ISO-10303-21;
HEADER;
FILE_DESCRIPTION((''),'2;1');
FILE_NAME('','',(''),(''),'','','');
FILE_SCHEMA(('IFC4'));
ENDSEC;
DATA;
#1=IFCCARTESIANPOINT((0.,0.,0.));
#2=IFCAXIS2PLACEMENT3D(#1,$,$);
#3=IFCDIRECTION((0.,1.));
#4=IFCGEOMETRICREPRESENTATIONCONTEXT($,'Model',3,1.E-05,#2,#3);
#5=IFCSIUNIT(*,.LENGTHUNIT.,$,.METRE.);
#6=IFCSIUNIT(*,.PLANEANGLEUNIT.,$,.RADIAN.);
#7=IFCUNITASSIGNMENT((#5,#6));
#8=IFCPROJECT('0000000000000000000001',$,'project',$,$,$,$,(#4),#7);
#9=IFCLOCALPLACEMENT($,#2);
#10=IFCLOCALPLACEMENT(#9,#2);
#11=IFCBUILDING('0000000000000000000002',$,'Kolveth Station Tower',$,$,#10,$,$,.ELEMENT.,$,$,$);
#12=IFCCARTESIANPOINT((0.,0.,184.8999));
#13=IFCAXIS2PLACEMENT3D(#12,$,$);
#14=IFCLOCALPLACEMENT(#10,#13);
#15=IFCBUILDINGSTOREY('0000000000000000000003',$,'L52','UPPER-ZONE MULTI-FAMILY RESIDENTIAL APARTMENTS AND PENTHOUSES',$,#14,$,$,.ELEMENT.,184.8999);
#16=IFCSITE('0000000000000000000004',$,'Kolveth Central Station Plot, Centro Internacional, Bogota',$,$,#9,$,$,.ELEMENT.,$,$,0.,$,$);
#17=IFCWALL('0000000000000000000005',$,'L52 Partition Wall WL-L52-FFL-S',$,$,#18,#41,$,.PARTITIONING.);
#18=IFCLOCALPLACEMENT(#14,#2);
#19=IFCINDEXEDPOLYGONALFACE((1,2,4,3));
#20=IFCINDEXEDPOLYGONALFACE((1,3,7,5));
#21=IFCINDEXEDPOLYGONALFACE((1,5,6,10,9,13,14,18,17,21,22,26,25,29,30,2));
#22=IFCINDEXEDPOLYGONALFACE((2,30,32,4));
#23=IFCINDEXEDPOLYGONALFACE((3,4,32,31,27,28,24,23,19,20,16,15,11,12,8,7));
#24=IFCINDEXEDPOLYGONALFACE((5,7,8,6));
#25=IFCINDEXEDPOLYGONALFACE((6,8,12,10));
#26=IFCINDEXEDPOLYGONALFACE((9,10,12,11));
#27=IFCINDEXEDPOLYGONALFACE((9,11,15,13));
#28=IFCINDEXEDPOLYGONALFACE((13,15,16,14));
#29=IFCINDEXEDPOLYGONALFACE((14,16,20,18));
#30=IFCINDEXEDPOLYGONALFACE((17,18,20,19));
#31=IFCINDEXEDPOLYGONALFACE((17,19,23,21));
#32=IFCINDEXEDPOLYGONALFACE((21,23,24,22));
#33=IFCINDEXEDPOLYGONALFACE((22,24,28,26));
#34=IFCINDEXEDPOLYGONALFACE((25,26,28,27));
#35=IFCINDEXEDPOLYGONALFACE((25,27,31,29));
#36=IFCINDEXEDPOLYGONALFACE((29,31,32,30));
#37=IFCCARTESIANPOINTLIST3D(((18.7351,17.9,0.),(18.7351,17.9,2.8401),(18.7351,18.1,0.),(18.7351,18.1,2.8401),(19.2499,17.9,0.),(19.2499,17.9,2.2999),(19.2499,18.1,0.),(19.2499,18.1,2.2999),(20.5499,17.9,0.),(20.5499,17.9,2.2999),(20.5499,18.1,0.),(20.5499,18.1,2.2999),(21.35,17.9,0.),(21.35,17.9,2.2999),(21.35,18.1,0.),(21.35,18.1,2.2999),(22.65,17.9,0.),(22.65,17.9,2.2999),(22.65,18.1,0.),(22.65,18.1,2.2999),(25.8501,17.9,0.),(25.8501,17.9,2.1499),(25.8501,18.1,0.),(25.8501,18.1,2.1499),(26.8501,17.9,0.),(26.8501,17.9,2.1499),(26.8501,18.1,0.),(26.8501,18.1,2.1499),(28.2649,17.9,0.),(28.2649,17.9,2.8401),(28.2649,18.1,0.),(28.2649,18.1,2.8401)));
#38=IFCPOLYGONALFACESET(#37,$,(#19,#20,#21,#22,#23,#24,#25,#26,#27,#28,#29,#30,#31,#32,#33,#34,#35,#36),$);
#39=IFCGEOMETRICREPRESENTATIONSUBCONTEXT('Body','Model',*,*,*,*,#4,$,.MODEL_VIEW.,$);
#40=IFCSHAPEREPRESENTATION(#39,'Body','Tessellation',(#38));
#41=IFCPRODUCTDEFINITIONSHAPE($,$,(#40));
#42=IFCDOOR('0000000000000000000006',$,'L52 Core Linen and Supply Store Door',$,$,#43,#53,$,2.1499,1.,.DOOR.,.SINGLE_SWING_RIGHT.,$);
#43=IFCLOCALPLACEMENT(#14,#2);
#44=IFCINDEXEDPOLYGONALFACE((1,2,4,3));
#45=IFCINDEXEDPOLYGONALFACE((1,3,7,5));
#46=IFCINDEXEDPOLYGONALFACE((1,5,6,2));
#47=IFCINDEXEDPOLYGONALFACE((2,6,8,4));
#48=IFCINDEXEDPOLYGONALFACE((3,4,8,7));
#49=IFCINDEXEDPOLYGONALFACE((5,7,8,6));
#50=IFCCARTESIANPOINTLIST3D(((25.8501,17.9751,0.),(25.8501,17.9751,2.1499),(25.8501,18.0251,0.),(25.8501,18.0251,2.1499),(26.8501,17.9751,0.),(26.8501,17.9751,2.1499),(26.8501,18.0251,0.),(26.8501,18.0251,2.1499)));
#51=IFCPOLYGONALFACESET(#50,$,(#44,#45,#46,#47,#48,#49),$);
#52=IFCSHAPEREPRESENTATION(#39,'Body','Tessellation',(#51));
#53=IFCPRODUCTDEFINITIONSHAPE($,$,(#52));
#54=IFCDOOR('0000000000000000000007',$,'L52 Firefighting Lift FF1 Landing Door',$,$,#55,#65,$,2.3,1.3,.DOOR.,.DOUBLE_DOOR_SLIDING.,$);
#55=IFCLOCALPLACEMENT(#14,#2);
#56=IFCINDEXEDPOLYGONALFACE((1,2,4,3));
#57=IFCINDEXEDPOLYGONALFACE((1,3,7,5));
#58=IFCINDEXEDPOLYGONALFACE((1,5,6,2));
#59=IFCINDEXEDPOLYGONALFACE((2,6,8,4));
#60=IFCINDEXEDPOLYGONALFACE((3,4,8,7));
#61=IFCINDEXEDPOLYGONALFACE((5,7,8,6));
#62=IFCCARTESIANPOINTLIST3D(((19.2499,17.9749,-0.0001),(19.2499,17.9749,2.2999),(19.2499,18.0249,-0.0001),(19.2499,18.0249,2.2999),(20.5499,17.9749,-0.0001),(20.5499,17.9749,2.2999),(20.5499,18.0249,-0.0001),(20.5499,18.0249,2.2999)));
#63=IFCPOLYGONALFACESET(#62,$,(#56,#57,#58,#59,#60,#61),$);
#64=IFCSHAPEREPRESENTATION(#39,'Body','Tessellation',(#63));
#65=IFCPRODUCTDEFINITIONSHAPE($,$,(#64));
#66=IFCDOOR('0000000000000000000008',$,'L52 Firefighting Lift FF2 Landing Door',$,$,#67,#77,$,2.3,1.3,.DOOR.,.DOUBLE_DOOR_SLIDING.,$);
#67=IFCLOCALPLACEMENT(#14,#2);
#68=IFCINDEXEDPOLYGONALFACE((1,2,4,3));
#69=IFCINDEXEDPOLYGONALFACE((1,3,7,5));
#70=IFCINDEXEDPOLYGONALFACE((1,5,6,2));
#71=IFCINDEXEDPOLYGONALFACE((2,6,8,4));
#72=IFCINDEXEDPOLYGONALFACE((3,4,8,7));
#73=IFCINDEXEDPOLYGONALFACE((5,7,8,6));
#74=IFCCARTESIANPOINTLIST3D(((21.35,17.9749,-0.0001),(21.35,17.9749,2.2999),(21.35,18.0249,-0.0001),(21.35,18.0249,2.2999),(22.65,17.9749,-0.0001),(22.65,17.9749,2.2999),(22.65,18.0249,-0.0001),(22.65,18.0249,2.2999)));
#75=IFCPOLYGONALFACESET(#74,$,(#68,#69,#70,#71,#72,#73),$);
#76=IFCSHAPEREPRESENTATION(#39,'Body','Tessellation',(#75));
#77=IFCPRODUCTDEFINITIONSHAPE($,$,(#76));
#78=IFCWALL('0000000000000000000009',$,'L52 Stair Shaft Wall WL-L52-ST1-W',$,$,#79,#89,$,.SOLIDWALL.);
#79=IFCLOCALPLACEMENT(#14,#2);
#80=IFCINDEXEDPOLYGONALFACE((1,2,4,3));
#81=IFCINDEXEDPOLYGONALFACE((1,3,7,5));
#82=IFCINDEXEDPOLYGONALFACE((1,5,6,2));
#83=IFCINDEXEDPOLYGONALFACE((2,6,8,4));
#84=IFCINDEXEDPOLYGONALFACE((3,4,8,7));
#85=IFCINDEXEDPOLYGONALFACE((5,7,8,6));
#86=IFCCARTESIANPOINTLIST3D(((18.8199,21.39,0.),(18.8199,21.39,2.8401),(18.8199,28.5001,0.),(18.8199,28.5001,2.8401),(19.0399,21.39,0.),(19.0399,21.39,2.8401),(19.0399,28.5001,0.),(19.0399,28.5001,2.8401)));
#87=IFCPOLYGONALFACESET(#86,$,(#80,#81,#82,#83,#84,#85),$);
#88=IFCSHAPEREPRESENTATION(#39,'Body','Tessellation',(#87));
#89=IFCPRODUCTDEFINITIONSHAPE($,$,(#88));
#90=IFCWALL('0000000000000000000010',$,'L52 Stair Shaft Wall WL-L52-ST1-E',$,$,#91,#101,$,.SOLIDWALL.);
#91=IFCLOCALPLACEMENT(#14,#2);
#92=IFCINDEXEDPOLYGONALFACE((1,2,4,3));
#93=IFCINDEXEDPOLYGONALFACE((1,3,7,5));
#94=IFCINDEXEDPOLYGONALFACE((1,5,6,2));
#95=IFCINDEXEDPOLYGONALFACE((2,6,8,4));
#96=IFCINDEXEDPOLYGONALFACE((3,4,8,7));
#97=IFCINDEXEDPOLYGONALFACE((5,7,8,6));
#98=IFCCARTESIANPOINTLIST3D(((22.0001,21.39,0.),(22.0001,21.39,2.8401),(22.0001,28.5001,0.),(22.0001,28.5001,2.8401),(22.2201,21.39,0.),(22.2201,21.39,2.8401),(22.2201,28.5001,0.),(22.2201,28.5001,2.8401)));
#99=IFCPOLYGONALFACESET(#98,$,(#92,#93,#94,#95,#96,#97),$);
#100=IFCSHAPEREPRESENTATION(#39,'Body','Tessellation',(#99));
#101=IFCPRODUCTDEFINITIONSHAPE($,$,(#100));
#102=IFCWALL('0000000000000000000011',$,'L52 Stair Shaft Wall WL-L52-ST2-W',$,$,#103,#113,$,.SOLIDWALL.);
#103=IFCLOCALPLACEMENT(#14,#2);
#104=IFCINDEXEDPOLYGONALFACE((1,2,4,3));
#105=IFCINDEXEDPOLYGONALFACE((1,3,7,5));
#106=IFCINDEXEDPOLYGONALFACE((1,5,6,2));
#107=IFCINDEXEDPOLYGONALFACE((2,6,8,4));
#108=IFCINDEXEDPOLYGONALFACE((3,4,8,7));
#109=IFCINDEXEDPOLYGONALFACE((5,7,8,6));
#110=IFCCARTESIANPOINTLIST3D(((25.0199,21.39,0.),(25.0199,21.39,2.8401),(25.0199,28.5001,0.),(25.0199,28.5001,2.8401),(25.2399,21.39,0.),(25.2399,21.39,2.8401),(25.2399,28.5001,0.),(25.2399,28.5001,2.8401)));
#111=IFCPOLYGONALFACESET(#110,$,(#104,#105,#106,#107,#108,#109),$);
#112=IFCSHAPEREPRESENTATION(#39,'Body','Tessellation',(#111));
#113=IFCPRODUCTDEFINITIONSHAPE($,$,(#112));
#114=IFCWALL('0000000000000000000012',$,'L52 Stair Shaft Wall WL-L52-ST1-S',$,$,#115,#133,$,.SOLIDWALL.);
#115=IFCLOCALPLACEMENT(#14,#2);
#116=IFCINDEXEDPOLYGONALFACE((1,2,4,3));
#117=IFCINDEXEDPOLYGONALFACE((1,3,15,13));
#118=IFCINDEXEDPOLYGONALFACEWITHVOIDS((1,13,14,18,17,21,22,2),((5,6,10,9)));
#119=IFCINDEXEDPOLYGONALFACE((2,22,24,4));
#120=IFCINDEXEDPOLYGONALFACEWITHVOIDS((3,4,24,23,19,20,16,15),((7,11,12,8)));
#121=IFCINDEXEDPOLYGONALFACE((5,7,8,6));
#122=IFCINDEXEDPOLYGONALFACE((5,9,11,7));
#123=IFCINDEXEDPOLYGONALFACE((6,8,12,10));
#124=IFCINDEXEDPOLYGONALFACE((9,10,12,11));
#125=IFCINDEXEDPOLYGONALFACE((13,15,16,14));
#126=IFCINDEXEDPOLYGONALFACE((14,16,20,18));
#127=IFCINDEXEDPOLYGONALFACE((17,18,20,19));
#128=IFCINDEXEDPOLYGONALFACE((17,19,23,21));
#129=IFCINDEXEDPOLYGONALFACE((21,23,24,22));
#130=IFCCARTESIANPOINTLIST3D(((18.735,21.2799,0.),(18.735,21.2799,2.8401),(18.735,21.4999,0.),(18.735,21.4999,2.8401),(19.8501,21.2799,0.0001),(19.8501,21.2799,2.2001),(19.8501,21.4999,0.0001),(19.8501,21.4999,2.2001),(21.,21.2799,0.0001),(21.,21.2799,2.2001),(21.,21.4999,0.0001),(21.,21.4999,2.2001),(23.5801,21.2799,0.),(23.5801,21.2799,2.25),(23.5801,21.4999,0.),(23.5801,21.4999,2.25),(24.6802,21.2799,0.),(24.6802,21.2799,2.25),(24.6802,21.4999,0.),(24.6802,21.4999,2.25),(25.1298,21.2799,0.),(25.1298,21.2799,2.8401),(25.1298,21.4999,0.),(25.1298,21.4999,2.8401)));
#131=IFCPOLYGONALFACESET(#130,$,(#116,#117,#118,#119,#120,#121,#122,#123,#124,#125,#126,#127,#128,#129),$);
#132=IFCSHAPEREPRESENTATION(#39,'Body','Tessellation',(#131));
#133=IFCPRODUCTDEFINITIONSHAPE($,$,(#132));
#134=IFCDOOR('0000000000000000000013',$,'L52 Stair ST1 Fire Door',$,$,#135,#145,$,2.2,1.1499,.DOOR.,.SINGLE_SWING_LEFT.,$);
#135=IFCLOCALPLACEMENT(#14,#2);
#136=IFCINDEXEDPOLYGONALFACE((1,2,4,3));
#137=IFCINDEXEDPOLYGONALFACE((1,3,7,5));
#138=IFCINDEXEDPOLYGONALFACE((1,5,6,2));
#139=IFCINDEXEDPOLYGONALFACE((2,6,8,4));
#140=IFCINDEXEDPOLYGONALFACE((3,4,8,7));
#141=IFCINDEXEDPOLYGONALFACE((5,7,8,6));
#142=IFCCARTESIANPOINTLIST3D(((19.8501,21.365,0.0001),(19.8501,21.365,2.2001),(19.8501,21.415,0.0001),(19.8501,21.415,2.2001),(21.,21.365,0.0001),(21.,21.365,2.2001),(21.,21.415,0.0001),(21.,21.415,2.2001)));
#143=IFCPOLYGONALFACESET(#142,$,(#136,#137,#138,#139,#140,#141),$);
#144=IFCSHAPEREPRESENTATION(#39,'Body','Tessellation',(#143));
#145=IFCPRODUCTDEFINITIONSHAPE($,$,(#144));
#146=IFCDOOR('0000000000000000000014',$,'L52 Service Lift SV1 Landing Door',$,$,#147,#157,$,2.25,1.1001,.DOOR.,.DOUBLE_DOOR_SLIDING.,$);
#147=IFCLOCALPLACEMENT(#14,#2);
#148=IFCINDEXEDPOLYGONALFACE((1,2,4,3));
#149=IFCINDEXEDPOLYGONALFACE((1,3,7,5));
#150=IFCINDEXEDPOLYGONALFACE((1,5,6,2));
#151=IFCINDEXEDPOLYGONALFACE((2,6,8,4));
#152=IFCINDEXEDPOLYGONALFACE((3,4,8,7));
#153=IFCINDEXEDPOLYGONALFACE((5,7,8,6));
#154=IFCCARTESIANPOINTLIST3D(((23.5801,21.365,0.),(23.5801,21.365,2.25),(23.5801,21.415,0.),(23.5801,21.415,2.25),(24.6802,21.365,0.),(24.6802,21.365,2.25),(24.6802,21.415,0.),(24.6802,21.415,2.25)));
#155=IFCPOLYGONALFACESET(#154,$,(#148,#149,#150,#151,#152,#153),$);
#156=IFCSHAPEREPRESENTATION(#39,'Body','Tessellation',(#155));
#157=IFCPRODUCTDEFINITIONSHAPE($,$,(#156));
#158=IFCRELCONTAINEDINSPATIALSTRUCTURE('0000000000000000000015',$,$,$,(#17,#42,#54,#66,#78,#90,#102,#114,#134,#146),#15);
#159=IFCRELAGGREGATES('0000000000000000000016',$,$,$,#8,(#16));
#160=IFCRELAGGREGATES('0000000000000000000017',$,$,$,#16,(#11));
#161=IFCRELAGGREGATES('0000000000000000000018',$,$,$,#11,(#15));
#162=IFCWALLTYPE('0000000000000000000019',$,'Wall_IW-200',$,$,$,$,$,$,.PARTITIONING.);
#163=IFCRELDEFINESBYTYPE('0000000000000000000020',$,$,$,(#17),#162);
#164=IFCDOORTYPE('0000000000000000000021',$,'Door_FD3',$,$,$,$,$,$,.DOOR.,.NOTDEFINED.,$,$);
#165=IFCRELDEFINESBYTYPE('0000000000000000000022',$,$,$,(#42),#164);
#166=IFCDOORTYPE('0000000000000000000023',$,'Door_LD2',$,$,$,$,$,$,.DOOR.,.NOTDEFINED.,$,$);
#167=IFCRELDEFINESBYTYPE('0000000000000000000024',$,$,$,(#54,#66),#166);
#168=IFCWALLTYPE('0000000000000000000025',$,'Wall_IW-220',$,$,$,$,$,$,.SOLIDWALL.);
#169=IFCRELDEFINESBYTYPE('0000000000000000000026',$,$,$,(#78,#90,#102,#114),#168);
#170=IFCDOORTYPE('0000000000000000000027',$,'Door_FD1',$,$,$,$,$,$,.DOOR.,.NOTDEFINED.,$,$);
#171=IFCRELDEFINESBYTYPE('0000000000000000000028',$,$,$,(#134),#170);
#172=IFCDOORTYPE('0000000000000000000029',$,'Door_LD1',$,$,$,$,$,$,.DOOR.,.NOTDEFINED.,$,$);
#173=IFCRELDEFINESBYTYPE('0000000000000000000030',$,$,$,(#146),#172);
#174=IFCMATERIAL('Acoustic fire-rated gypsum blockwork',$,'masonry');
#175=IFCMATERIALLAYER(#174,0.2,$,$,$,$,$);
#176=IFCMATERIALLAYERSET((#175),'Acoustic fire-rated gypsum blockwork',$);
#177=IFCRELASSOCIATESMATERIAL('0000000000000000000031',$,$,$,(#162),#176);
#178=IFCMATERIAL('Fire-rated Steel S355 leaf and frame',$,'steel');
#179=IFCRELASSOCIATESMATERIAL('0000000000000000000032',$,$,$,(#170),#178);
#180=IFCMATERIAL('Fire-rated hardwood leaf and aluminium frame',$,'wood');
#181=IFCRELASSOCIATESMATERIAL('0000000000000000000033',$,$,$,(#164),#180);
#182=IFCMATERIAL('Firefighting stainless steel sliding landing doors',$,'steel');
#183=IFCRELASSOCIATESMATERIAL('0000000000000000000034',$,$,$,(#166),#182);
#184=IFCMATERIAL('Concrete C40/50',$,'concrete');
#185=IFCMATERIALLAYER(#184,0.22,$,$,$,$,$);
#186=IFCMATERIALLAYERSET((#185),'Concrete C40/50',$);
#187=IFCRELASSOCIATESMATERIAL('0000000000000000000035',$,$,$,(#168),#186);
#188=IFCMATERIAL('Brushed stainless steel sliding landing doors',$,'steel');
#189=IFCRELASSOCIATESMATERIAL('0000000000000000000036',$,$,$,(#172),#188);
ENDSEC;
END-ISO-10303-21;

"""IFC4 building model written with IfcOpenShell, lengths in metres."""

from ifc_helpers import new_model, si_unit, direction, frame, frame_2d, origin, place, context, subcontext, project, spatial, rectangle, extrude, material, layer, layer_set, type_object, element, fill, save


model = new_model("IFC4")

# Units and contexts
model_context = context("Model", 3, precision=1e-05, world=origin(), true_north=direction((0.0, 1.0)))
body_context = subcontext(model_context, "Body", "Model", "MODEL_VIEW")
ifc_project = project(units=[si_unit("LENGTHUNIT", "METRE"), si_unit("PLANEANGLEUNIT", "RADIAN")], contexts=[model_context])

# Site, building, storey
site_placement = place(None, origin())
site = spatial("IfcSite", under=ifc_project, at=site_placement, Name="Kolveth Central Station Plot, Centro Internacional, Bogota", CompositionType="ELEMENT", RefElevation=0.0)
building_placement = place(site_placement, origin())
building = spatial("IfcBuilding", under=site, at=building_placement, Name="Kolveth Station Tower", CompositionType="ELEMENT")
storey_placement = place(building_placement, frame((0.0, 0.0, 184.8999)))
storey = spatial("IfcBuildingStorey", under=building, at=storey_placement, Name="L52", Description="UPPER-ZONE MULTI-FAMILY RESIDENTIAL APARTMENTS AND PENTHOUSES", CompositionType="ELEMENT", Elevation=184.8999)

# Shared definitions
ifc_material_1 = material(Name="Acoustic fire-rated gypsum blockwork", Category="masonry")
ifc_layer_1 = layer(ifc_material_1, 0.2)
ifc_layer_set_1 = layer_set([ifc_layer_1], Name="Acoustic fire-rated gypsum blockwork")
wall_type_1 = type_object("IfcWallType", Name="Wall_IW-200", PredefinedType="PARTITIONING", material=ifc_layer_set_1)

# Shared definitions
ifc_material_2 = material(Name="Fire-rated Steel S355 leaf and frame", Category="steel")
door_type_1 = type_object("IfcDoorType", Name="Door_FD1", OperationType="NOTDEFINED", PredefinedType="DOOR", material=ifc_material_2)

# Wall, openings, doors
wall_1_placement = place(storey_placement, frame((18.7351, 18.0, 0.0), z_axis=(0.0, 0.0, 1.0), x_axis=(1.0, 0.0, 0.0)))
wall_1 = element("IfcWall", 1, at=wall_1_placement, inside=storey, type_object=wall_type_1, Name="L52 Partition Wall WL-L52-FFL-S", PredefinedType="PARTITIONING", context=body_context, shape_type="SweptSolid", body=[
    extrude(rectangle(XDim=9.5298, YDim=0.2, at=frame_2d((4.7649, 0.0))), origin(), (0.0, 0.0, 1.0), 2.8401),
])
opening_1_placement = place(wall_1_placement, frame((0.5149, 0.0, 0.0)))
opening_1 = element("IfcOpeningElement", 2, at=opening_1_placement, cuts=wall_1, PredefinedType="OPENING", context=body_context, shape_type="SweptSolid", body=[
    extrude(rectangle(XDim=1.3, YDim=2.3, at=frame_2d((0.6499, 1.1499))), frame((0.0, 0.1099, 0.0), z_axis=(0.0, -1.0, 0.0), x_axis=(1.0, 0.0, 0.0)), (0.0, 0.0, 1.0), 0.22),
])
opening_2_placement = place(wall_1_placement, frame((2.615, 0.0, 0.0)))
opening_2 = element("IfcOpeningElement", 3, at=opening_2_placement, cuts=wall_1, PredefinedType="OPENING", context=body_context, shape_type="SweptSolid", body=[
    extrude(rectangle(XDim=1.3, YDim=2.3, at=frame_2d((0.6499, 1.1499))), frame((0.0, 0.1099, 0.0), z_axis=(0.0, -1.0, 0.0), x_axis=(1.0, 0.0, 0.0)), (0.0, 0.0, 1.0), 0.22),
])
opening_3_placement = place(wall_1_placement, frame((7.115, 0.0, 0.0)))
opening_3 = element("IfcOpeningElement", 4, at=opening_3_placement, cuts=wall_1, PredefinedType="OPENING", context=body_context, shape_type="SweptSolid", body=[
    extrude(rectangle(XDim=1.0, YDim=2.1499, at=frame_2d((0.5, 1.075))), frame((0.0, 0.1099, 0.0), z_axis=(0.0, -1.0, 0.0), x_axis=(1.0, 0.0, 0.0)), (0.0, 0.0, 1.0), 0.22),
])
ifc_material_3 = material(Name="Fire-rated hardwood leaf and aluminium frame", Category="wood")
door_type_2 = type_object("IfcDoorType", Name="Door_FD3", OperationType="NOTDEFINED", PredefinedType="DOOR", material=ifc_material_3)
door_1_placement = place(opening_3_placement, frame((1.0, 0.0, 0.0), z_axis=(0.0, 0.0, 1.0), x_axis=(-1.0, 0.0, 0.0)))
door_1 = element("IfcDoor", 5, at=door_1_placement, inside=storey, type_object=door_type_2, Name="L52 Core Linen and Supply Store Door", OperationType="SINGLE_SWING_RIGHT", OverallHeight=2.1499, OverallWidth=1.0, PredefinedType="DOOR", context=body_context, shape_type="SweptSolid", body=[
    extrude(rectangle(XDim=1.0, YDim=2.1499, at=frame_2d((0.5, 1.075))), frame((0.0, 0.0249, 0.0), z_axis=(0.0, -1.0, 0.0), x_axis=(1.0, 0.0, 0.0)), (0.0, 0.0, 1.0), 0.05),
])
fill(opening_3, door_1)
ifc_material_4 = material(Name="Firefighting stainless steel sliding landing doors", Category="steel")
door_type_3 = type_object("IfcDoorType", Name="Door_LD2", OperationType="NOTDEFINED", PredefinedType="DOOR", material=ifc_material_4)
door_2_placement = place(opening_1_placement, origin())
door_2 = element("IfcDoor", 6, at=door_2_placement, inside=storey, type_object=door_type_3, Name="L52 Firefighting Lift FF1 Landing Door", OperationType="DOUBLE_DOOR_SLIDING", OverallHeight=2.3, OverallWidth=1.3, PredefinedType="DOOR", context=body_context, shape_type="SweptSolid", body=[
    extrude(rectangle(XDim=1.3, YDim=2.3, at=frame_2d((0.6499, 1.1499))), frame((0.0, 0.0249, 0.0), z_axis=(0.0, -1.0, 0.0), x_axis=(1.0, 0.0, 0.0)), (0.0, 0.0, 1.0), 0.05),
])
fill(opening_1, door_2)
door_3_placement = place(opening_2_placement, origin())
door_3 = element("IfcDoor", 7, at=door_3_placement, inside=storey, type_object=door_type_3, Name="L52 Firefighting Lift FF2 Landing Door", OperationType="DOUBLE_DOOR_SLIDING", OverallHeight=2.3, OverallWidth=1.3, PredefinedType="DOOR", context=body_context, shape_type="SweptSolid", body=[
    extrude(rectangle(XDim=1.3, YDim=2.3, at=frame_2d((0.6499, 1.1499))), frame((0.0, 0.0249, 0.0), z_axis=(0.0, -1.0, 0.0), x_axis=(1.0, 0.0, 0.0)), (0.0, 0.0, 1.0), 0.05),
])
fill(opening_2, door_3)

# Walls
ifc_material_5 = material(Name="Concrete C40/50", Category="concrete")
ifc_layer_2 = layer(ifc_material_5, 0.22)
ifc_layer_set_2 = layer_set([ifc_layer_2], Name="Concrete C40/50")
wall_type_2 = type_object("IfcWallType", Name="Wall_IW-220", PredefinedType="SOLIDWALL", material=ifc_layer_set_2)
for number, where, z_axis, x_axis, name in (
    (8, (18.9299, 21.3899, 0.0), (0.0, 0.0, 1.0), (0.0, 1.0, 0.0), "L52 Stair Shaft Wall WL-L52-ST1-W"),
    (9, (22.1101, 21.3899, 0.0), (0.0, 0.0, 1.0), (0.0, 1.0, 0.0), "L52 Stair Shaft Wall WL-L52-ST1-E"),
    (10, (25.1299, 21.3899, 0.0), (0.0, 0.0, 1.0), (0.0, 1.0, 0.0), "L52 Stair Shaft Wall WL-L52-ST2-W"),
):
    element("IfcWall", number, at=place(storey_placement, frame(where, z_axis=z_axis, x_axis=x_axis)), inside=storey, type_object=wall_type_2, Name=name, PredefinedType="SOLIDWALL", context=body_context, shape_type="SweptSolid", body=[
        extrude(rectangle(XDim=7.1101, YDim=0.22, at=frame_2d((3.5552, 0.0))), origin(), (0.0, 0.0, 1.0), 2.8401),
    ])

# Wall, openings, doors
wall_2_placement = place(storey_placement, frame((18.7351, 21.3899, 0.0), z_axis=(0.0, 0.0, 1.0), x_axis=(1.0, 0.0, 0.0)))
wall_2 = element("IfcWall", 11, at=wall_2_placement, inside=storey, type_object=wall_type_2, Name="L52 Stair Shaft Wall WL-L52-ST1-S", PredefinedType="SOLIDWALL", context=body_context, shape_type="SweptSolid", body=[
    extrude(rectangle(XDim=6.3948, YDim=0.22, at=frame_2d((3.1973, 0.0))), origin(), (0.0, 0.0, 1.0), 2.8401),
])
opening_4_placement = place(wall_2_placement, frame((1.115, 0.0, 0.0)))
opening_4 = element("IfcOpeningElement", 12, at=opening_4_placement, cuts=wall_2, PredefinedType="OPENING", context=body_context, shape_type="SweptSolid", body=[
    extrude(rectangle(XDim=1.1499, YDim=2.2, at=frame_2d((0.575, 1.1001))), frame((0.0, 0.1199, 0.0), z_axis=(0.0, -1.0, 0.0), x_axis=(1.0, 0.0, 0.0)), (0.0, 0.0, 1.0), 0.24),
])
opening_5_placement = place(wall_2_placement, frame((4.845, 0.0, 0.0)))
opening_5 = element("IfcOpeningElement", 13, at=opening_5_placement, cuts=wall_2, PredefinedType="OPENING", context=body_context, shape_type="SweptSolid", body=[
    extrude(rectangle(XDim=1.1001, YDim=2.25, at=frame_2d((0.55, 1.125))), frame((0.0, 0.1199, 0.0), z_axis=(0.0, -1.0, 0.0), x_axis=(1.0, 0.0, 0.0)), (0.0, 0.0, 1.0), 0.24),
])
door_4_placement = place(opening_4_placement, frame((1.1499, 0.0, 0.0), z_axis=(0.0, 0.0, 1.0), x_axis=(-1.0, 0.0, 0.0)))
door_4 = element("IfcDoor", 14, at=door_4_placement, inside=storey, type_object=door_type_1, Name="L52 Stair ST1 Fire Door", OperationType="SINGLE_SWING_LEFT", OverallHeight=2.2, OverallWidth=1.1499, PredefinedType="DOOR", context=body_context, shape_type="SweptSolid", body=[
    extrude(rectangle(XDim=1.1499, YDim=2.2, at=frame_2d((0.575, 1.1001))), frame((0.0, 0.0249, 0.0), z_axis=(0.0, -1.0, 0.0), x_axis=(1.0, 0.0, 0.0)), (0.0, 0.0, 1.0), 0.05),
])
fill(opening_4, door_4)
ifc_material_6 = material(Name="Brushed stainless steel sliding landing doors", Category="steel")
door_type_4 = type_object("IfcDoorType", Name="Door_LD1", OperationType="NOTDEFINED", PredefinedType="DOOR", material=ifc_material_6)
door_5_placement = place(opening_5_placement, frame((1.1001, 0.0, 0.0), z_axis=(0.0, 0.0, 1.0), x_axis=(-1.0, 0.0, 0.0)))
door_5 = element("IfcDoor", 15, at=door_5_placement, inside=storey, type_object=door_type_4, Name="L52 Service Lift SV1 Landing Door", OperationType="DOUBLE_DOOR_SLIDING", OverallHeight=2.25, OverallWidth=1.1001, PredefinedType="DOOR", context=body_context, shape_type="SweptSolid", body=[
    extrude(rectangle(XDim=1.1001, YDim=2.25, at=frame_2d((0.55, 1.125))), frame((0.0, 0.0249, 0.0), z_axis=(0.0, -1.0, 0.0), x_axis=(1.0, 0.0, 0.0)), (0.0, 0.0, 1.0), 0.05),
])
fill(opening_5, door_5)

save(model, "model.ifc")
